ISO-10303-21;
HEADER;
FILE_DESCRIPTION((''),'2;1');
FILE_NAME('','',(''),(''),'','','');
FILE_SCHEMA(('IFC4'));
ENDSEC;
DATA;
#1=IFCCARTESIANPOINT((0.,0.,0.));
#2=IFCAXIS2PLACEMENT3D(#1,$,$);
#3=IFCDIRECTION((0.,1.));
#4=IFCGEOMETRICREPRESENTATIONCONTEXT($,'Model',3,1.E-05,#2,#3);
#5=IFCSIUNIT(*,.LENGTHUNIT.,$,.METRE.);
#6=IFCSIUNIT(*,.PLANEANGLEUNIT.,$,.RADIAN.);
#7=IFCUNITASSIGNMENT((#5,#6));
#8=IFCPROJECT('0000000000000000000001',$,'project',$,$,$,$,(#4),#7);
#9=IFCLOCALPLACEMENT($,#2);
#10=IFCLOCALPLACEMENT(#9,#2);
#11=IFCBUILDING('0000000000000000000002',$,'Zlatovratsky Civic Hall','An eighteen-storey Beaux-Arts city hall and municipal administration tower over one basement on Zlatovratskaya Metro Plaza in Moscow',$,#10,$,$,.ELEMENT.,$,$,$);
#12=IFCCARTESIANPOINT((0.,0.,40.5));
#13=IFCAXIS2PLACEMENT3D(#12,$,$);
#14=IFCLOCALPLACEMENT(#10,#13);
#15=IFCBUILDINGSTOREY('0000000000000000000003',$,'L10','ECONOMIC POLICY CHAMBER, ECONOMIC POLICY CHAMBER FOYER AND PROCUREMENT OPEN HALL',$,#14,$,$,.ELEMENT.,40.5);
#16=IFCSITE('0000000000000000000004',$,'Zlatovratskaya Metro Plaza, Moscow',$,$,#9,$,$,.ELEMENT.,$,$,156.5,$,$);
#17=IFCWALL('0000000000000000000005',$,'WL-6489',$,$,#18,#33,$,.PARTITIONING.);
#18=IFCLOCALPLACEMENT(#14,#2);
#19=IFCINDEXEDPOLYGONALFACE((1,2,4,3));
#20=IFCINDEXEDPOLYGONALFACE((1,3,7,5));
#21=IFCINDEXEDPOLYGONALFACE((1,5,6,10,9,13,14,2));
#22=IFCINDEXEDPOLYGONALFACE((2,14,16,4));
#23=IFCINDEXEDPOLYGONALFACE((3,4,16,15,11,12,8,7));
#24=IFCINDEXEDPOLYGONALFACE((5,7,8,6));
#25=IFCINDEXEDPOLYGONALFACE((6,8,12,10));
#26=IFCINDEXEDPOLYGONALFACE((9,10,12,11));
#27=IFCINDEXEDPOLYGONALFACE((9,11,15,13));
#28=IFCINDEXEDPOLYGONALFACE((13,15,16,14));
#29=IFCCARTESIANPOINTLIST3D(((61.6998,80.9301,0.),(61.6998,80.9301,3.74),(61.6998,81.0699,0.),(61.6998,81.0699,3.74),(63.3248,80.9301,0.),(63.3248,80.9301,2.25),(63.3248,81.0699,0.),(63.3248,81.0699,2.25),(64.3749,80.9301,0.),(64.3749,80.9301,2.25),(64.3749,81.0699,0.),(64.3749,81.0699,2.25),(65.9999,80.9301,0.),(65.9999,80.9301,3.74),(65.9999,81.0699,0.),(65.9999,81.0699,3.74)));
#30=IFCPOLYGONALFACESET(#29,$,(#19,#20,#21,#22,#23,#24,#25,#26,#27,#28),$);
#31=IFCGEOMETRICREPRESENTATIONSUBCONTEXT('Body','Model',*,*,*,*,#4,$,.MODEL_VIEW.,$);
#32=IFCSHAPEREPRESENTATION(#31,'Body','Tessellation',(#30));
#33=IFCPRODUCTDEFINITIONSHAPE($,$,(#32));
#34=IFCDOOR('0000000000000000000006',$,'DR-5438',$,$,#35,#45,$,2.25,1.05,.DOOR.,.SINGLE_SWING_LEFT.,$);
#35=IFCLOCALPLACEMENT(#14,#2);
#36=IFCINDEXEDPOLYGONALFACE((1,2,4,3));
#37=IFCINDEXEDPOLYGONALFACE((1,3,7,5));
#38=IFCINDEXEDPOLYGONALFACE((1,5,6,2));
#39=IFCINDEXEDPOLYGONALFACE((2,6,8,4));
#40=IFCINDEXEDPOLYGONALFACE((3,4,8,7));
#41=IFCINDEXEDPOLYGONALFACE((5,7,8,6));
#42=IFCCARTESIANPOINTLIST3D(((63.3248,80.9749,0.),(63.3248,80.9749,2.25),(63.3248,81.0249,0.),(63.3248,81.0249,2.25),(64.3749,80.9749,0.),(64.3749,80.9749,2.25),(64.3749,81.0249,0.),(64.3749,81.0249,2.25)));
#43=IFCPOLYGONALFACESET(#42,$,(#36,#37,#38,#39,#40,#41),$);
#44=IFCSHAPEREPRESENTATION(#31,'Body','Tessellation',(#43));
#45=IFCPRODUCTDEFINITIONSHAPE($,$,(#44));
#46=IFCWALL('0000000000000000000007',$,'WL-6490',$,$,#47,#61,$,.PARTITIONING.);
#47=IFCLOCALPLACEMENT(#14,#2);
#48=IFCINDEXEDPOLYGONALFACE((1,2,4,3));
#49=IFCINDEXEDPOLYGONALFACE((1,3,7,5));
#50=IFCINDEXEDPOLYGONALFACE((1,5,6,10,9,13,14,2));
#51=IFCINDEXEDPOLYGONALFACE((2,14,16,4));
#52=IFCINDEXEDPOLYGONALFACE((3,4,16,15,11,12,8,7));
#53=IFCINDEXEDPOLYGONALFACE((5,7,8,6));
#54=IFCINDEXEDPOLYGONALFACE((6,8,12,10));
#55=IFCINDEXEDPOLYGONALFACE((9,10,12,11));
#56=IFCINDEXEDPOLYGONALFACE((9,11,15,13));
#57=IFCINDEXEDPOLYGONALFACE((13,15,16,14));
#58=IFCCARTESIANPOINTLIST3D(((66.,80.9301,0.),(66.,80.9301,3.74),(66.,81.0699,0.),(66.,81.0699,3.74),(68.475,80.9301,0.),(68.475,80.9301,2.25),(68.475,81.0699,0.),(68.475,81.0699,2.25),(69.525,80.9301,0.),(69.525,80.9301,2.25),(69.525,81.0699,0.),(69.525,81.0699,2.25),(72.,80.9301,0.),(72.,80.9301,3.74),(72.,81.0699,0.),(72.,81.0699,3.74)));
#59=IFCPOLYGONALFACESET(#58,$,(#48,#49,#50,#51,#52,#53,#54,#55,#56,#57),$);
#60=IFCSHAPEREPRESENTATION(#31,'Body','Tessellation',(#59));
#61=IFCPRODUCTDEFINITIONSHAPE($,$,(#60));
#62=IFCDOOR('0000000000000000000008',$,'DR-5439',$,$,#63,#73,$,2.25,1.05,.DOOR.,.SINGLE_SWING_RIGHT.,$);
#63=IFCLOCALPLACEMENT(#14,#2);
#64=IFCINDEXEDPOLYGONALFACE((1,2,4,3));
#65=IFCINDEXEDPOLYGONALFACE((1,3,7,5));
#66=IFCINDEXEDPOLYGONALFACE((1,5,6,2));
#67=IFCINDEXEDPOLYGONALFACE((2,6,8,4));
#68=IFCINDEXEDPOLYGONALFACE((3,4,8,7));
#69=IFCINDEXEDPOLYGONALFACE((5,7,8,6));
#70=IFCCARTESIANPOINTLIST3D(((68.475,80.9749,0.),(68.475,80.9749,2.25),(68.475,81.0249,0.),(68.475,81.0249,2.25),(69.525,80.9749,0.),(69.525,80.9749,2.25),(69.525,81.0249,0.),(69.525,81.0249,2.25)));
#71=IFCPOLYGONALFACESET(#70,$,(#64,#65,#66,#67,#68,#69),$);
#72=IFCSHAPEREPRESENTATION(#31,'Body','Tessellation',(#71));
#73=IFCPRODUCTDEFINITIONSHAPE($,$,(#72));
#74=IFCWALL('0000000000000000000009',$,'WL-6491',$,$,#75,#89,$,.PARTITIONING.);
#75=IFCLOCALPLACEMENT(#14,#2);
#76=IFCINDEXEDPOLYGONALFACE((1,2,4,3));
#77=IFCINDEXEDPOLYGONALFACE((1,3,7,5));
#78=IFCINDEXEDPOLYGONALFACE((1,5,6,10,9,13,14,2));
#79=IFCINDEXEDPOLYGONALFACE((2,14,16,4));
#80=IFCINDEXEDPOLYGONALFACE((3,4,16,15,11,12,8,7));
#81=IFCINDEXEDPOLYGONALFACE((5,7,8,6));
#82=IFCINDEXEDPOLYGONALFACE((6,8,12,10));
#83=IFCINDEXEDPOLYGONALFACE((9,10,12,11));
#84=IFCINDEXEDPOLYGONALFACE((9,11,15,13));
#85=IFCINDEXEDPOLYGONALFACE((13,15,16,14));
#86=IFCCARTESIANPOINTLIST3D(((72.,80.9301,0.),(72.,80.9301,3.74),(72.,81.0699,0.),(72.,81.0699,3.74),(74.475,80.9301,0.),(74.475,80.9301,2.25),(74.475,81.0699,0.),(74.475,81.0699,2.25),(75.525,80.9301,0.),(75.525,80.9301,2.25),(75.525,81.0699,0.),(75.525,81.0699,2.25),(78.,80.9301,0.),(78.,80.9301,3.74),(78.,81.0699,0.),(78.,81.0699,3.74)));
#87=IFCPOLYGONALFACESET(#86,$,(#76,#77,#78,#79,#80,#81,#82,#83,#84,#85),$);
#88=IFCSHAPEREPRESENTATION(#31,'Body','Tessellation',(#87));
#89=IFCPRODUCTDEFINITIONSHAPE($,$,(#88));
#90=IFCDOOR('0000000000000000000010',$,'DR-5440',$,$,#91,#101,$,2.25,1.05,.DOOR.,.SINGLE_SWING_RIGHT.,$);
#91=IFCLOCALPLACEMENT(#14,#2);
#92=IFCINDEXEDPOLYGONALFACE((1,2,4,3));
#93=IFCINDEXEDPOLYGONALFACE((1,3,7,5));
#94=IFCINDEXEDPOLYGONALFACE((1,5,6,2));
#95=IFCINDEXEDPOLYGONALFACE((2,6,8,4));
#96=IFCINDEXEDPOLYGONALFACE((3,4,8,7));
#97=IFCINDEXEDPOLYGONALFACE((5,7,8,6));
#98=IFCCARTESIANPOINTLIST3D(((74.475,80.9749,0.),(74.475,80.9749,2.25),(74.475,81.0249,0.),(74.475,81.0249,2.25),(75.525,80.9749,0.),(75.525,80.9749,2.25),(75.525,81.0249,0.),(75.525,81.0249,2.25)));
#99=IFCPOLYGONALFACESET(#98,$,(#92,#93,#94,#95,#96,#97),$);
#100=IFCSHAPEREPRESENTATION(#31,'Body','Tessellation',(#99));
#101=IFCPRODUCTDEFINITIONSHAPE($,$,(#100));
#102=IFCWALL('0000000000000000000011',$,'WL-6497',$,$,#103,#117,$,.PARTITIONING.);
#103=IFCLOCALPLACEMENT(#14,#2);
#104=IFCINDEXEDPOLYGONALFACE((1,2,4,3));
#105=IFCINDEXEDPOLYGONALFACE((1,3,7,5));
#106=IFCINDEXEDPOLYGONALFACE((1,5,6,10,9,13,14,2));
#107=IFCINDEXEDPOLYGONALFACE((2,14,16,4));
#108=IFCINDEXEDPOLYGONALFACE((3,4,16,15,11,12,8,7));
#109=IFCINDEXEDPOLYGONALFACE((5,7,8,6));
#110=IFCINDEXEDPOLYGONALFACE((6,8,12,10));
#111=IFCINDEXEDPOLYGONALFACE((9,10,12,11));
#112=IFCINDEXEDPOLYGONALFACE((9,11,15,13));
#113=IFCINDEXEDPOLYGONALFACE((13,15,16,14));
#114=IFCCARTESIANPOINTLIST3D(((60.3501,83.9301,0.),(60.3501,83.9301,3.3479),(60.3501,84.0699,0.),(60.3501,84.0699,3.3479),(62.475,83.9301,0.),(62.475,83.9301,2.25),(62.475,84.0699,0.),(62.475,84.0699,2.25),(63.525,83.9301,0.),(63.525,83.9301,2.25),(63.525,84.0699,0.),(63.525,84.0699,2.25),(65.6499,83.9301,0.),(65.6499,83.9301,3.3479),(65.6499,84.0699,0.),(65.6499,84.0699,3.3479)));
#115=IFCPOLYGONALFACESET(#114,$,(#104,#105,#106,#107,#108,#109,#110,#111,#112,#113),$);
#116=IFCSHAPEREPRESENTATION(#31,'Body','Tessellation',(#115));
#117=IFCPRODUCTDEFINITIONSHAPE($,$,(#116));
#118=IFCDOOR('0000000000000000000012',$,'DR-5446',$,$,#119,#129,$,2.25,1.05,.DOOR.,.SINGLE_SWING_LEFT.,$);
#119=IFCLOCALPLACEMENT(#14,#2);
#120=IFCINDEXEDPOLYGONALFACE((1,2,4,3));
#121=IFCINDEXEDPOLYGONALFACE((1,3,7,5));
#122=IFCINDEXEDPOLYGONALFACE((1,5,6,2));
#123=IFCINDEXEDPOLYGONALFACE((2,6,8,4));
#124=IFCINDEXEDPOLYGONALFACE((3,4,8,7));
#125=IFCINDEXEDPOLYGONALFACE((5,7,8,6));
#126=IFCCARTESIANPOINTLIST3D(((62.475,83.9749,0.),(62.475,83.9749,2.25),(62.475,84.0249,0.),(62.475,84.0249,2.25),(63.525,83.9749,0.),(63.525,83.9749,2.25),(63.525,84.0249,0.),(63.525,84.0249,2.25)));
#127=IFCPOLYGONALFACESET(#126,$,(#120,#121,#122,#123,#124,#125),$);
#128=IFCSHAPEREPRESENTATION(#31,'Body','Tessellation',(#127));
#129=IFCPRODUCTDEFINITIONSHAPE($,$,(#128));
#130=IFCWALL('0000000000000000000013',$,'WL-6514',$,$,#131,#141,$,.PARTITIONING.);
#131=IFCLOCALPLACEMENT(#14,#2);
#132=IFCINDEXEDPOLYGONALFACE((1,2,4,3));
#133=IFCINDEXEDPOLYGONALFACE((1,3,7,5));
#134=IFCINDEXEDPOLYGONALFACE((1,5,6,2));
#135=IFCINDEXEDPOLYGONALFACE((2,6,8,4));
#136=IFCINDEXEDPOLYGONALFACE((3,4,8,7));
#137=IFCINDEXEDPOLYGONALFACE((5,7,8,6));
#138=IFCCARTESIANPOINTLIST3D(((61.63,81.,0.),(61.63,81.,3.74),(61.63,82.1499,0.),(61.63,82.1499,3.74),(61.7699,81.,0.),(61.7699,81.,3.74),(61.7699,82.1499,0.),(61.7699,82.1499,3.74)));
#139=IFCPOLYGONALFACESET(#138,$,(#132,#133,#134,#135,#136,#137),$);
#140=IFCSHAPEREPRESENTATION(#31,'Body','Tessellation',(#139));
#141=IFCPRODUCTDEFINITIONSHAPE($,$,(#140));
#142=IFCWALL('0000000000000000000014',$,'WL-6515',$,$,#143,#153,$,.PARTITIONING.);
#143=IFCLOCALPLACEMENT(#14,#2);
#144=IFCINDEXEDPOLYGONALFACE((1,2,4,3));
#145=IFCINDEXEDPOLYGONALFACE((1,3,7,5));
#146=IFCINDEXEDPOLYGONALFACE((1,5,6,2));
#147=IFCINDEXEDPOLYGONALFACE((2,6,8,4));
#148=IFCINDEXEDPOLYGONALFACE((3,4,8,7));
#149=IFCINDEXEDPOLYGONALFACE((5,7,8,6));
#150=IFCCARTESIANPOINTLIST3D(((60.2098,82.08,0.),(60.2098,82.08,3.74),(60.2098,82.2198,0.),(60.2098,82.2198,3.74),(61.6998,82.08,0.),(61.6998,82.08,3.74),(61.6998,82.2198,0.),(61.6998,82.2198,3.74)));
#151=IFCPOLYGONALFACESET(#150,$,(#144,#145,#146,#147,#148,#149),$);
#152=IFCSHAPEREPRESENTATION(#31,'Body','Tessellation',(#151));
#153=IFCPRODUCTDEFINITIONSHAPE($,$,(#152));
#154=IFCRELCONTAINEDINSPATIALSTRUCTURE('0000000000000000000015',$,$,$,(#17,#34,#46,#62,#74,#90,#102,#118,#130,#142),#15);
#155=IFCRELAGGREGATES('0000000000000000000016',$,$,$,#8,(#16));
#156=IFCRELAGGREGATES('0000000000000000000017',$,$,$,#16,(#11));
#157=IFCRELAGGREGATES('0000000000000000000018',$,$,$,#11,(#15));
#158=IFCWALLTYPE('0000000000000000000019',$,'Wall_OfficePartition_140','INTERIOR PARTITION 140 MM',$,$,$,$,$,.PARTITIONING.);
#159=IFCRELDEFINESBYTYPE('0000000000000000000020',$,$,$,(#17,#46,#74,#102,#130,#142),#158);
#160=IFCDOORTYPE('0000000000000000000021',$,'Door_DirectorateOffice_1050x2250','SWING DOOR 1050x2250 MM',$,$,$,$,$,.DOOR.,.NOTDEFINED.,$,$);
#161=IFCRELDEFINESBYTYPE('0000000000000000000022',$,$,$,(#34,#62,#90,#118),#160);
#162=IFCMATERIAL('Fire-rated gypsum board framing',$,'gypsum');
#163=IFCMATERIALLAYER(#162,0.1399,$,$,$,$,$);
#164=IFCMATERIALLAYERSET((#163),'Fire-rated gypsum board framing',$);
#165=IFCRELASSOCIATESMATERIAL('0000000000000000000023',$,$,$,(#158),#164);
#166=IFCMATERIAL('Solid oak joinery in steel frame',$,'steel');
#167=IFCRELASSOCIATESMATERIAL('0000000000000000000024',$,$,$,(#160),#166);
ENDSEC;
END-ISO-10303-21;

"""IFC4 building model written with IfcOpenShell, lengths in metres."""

from ifc_helpers import new_model, si_unit, direction, frame, frame_2d, origin, place, context, subcontext, project, spatial, rectangle, extrude, material, layer, layer_set, type_object, element, fill, save


model = new_model("IFC4")

# Units and contexts
model_context = context("Model", 3, precision=1e-05, world=origin(), true_north=direction((0.0, 1.0)))
body_context = subcontext(model_context, "Body", "Model", "MODEL_VIEW")
ifc_project = project(units=[si_unit("LENGTHUNIT", "METRE"), si_unit("PLANEANGLEUNIT", "RADIAN")], contexts=[model_context])

# Site, building, storey
site_placement = place(None, origin())
site = spatial("IfcSite", under=ifc_project, at=site_placement, Name="Zlatovratskaya Metro Plaza, Moscow", CompositionType="ELEMENT", RefElevation=156.5)
building_placement = place(site_placement, origin())
building = spatial("IfcBuilding", under=site, at=building_placement, Name="Zlatovratsky Civic Hall", Description="An eighteen-storey Beaux-Arts city hall and municipal administration tower over one basement on Zlatovratskaya Metro Plaza in Moscow", CompositionType="ELEMENT")
storey_placement = place(building_placement, frame((0.0, 0.0, 40.5)))
storey = spatial("IfcBuildingStorey", under=building, at=storey_placement, Name="L10", Description="ECONOMIC POLICY CHAMBER, ECONOMIC POLICY CHAMBER FOYER AND PROCUREMENT OPEN HALL", CompositionType="ELEMENT", Elevation=40.5)

# Walls, openings, doors
ifc_material_1 = material(Name="Fire-rated gypsum board framing", Category="gypsum")
ifc_layer_1 = layer(ifc_material_1, 0.1399)
ifc_layer_set_1 = layer_set([ifc_layer_1], Name="Fire-rated gypsum board framing")
wall_type_1 = type_object("IfcWallType", Name="Wall_OfficePartition_140", Description="INTERIOR PARTITION 140 MM", PredefinedType="PARTITIONING", material=ifc_layer_set_1)
wall_1_placement = place(storey_placement, frame((61.7, 81.0, 0.0), z_axis=(0.0, 0.0, 1.0), x_axis=(1.0, 0.0, 0.0)))
wall_1 = element("IfcWall", 1, at=wall_1_placement, inside=storey, type_object=wall_type_1, Name="WL-6489", PredefinedType="PARTITIONING", context=body_context, shape_type="SweptSolid", body=[
    extrude(rectangle(XDim=4.3, YDim=0.1399, at=frame_2d((2.1499, 0.0))), origin(), (0.0, 0.0, 1.0), 3.74),
])
opening_1_placement = place(wall_1_placement, frame((1.625, 0.0, 0.0)))
opening_1 = element("IfcOpeningElement", 2, at=opening_1_placement, cuts=wall_1, PredefinedType="OPENING", context=body_context, shape_type="SweptSolid", body=[
    extrude(rectangle(XDim=1.05, YDim=2.25, at=frame_2d((0.5249, 1.125))), frame((0.0, 0.085, 0.0), z_axis=(0.0, -1.0, 0.0), x_axis=(1.0, 0.0, 0.0)), (0.0, 0.0, 1.0), 0.1697),
])
ifc_material_2 = material(Name="Solid oak joinery in steel frame", Category="steel")
door_type_1 = type_object("IfcDoorType", Name="Door_DirectorateOffice_1050x2250", Description="SWING DOOR 1050x2250 MM", OperationType="NOTDEFINED", PredefinedType="DOOR", material=ifc_material_2)
door_1_placement = place(opening_1_placement, origin())
door_1 = element("IfcDoor", 3, at=door_1_placement, inside=storey, type_object=door_type_1, Name="DR-5438", OperationType="SINGLE_SWING_LEFT", OverallHeight=2.25, OverallWidth=1.05, PredefinedType="DOOR", context=body_context, shape_type="SweptSolid", body=[
    extrude(rectangle(XDim=1.05, YDim=2.25, at=frame_2d((0.5249, 1.125))), frame((0.0, 0.0249, 0.0), z_axis=(0.0, -1.0, 0.0), x_axis=(1.0, 0.0, 0.0)), (0.0, 0.0, 1.0), 0.05),
])
fill(opening_1, door_1)
wall_2_placement = place(storey_placement, frame((66.0, 81.0, 0.0), z_axis=(0.0, 0.0, 1.0), x_axis=(1.0, 0.0, 0.0)))
wall_2 = element("IfcWall", 4, at=wall_2_placement, inside=storey, type_object=wall_type_1, Name="WL-6490", PredefinedType="PARTITIONING", context=body_context, shape_type="SweptSolid", body=[
    extrude(rectangle(XDim=6.0, YDim=0.1399, at=frame_2d((3.0, 0.0))), origin(), (0.0, 0.0, 1.0), 3.74),
])
opening_2_placement = place(wall_2_placement, frame((2.4751, 0.0, 0.0)))
opening_2 = element("IfcOpeningElement", 5, at=opening_2_placement, cuts=wall_2, PredefinedType="OPENING", context=body_context, shape_type="SweptSolid", body=[
    extrude(rectangle(XDim=1.05, YDim=2.25, at=frame_2d((0.5249, 1.125))), frame((0.0, 0.085, 0.0), z_axis=(0.0, -1.0, 0.0), x_axis=(1.0, 0.0, 0.0)), (0.0, 0.0, 1.0), 0.1697),
])
door_2_placement = place(opening_2_placement, origin())
door_2 = element("IfcDoor", 6, at=door_2_placement, inside=storey, type_object=door_type_1, Name="DR-5439", OperationType="SINGLE_SWING_RIGHT", OverallHeight=2.25, OverallWidth=1.05, PredefinedType="DOOR", context=body_context, shape_type="SweptSolid", body=[
    extrude(rectangle(XDim=1.05, YDim=2.25, at=frame_2d((0.5249, 1.125))), frame((0.0, 0.0249, 0.0), z_axis=(0.0, -1.0, 0.0), x_axis=(1.0, 0.0, 0.0)), (0.0, 0.0, 1.0), 0.05),
])
fill(opening_2, door_2)
wall_3_placement = place(storey_placement, frame((72.0, 81.0, 0.0), z_axis=(0.0, 0.0, 1.0), x_axis=(1.0, 0.0, 0.0)))
wall_3 = element("IfcWall", 7, at=wall_3_placement, inside=storey, type_object=wall_type_1, Name="WL-6491", PredefinedType="PARTITIONING", context=body_context, shape_type="SweptSolid", body=[
    extrude(rectangle(XDim=6.0, YDim=0.1399, at=frame_2d((3.0, 0.0))), origin(), (0.0, 0.0, 1.0), 3.74),
])
opening_3_placement = place(wall_3_placement, frame((2.4751, 0.0, 0.0)))
opening_3 = element("IfcOpeningElement", 8, at=opening_3_placement, cuts=wall_3, PredefinedType="OPENING", context=body_context, shape_type="SweptSolid", body=[
    extrude(rectangle(XDim=1.05, YDim=2.25, at=frame_2d((0.5249, 1.125))), frame((0.0, 0.085, 0.0), z_axis=(0.0, -1.0, 0.0), x_axis=(1.0, 0.0, 0.0)), (0.0, 0.0, 1.0), 0.1697),
])
door_3_placement = place(opening_3_placement, origin())
door_3 = element("IfcDoor", 9, at=door_3_placement, inside=storey, type_object=door_type_1, Name="DR-5440", OperationType="SINGLE_SWING_RIGHT", OverallHeight=2.25, OverallWidth=1.05, PredefinedType="DOOR", context=body_context, shape_type="SweptSolid", body=[
    extrude(rectangle(XDim=1.05, YDim=2.25, at=frame_2d((0.5249, 1.125))), frame((0.0, 0.0249, 0.0), z_axis=(0.0, -1.0, 0.0), x_axis=(1.0, 0.0, 0.0)), (0.0, 0.0, 1.0), 0.05),
])
fill(opening_3, door_3)
wall_4_placement = place(storey_placement, frame((60.3501, 84.0, 0.0), z_axis=(0.0, 0.0, 1.0), x_axis=(1.0, 0.0, 0.0)))
wall_4 = element("IfcWall", 10, at=wall_4_placement, inside=storey, type_object=wall_type_1, Name="WL-6497", PredefinedType="PARTITIONING", context=body_context, shape_type="SweptSolid", body=[
    extrude(rectangle(XDim=5.2998, YDim=0.1399, at=frame_2d((2.6499, 0.0))), origin(), (0.0, 0.0, 1.0), 3.3479),
])
opening_4_placement = place(wall_4_placement, frame((2.125, 0.0, 0.0)))
opening_4 = element("IfcOpeningElement", 11, at=opening_4_placement, cuts=wall_4, PredefinedType="OPENING", context=body_context, shape_type="SweptSolid", body=[
    extrude(rectangle(XDim=1.05, YDim=2.25, at=frame_2d((0.5249, 1.125))), frame((0.0, 0.085, 0.0), z_axis=(0.0, -1.0, 0.0), x_axis=(1.0, 0.0, 0.0)), (0.0, 0.0, 1.0), 0.1697),
])
door_4_placement = place(opening_4_placement, origin())
door_4 = element("IfcDoor", 12, at=door_4_placement, inside=storey, type_object=door_type_1, Name="DR-5446", OperationType="SINGLE_SWING_LEFT", OverallHeight=2.25, OverallWidth=1.05, PredefinedType="DOOR", context=body_context, shape_type="SweptSolid", body=[
    extrude(rectangle(XDim=1.05, YDim=2.25, at=frame_2d((0.5249, 1.125))), frame((0.0, 0.0249, 0.0), z_axis=(0.0, -1.0, 0.0), x_axis=(1.0, 0.0, 0.0)), (0.0, 0.0, 1.0), 0.05),
])
fill(opening_4, door_4)

# Walls
wall_5_placement = place(storey_placement, frame((61.7, 81.0, 0.0), z_axis=(0.0, 0.0, 1.0), x_axis=(0.0, 1.0, 0.0)))
element("IfcWall", 13, at=wall_5_placement, inside=storey, type_object=wall_type_1, Name="WL-6514", PredefinedType="PARTITIONING", context=body_context, shape_type="SweptSolid", body=[
    extrude(rectangle(XDim=1.1499, YDim=0.1399, at=frame_2d((0.575, 0.0))), origin(), (0.0, 0.0, 1.0), 3.74),
])
wall_6_placement = place(storey_placement, frame((61.7, 82.1499, 0.0), z_axis=(0.0, 0.0, 1.0), x_axis=(-1.0, 0.0, 0.0)))
element("IfcWall", 14, at=wall_6_placement, inside=storey, type_object=wall_type_1, Name="WL-6515", PredefinedType="PARTITIONING", context=body_context, shape_type="SweptSolid", body=[
    extrude(rectangle(XDim=1.49, YDim=0.1399, at=frame_2d((0.7451, 0.0))), origin(), (0.0, 0.0, 1.0), 3.74),
])

save(model, "model.ifc")
